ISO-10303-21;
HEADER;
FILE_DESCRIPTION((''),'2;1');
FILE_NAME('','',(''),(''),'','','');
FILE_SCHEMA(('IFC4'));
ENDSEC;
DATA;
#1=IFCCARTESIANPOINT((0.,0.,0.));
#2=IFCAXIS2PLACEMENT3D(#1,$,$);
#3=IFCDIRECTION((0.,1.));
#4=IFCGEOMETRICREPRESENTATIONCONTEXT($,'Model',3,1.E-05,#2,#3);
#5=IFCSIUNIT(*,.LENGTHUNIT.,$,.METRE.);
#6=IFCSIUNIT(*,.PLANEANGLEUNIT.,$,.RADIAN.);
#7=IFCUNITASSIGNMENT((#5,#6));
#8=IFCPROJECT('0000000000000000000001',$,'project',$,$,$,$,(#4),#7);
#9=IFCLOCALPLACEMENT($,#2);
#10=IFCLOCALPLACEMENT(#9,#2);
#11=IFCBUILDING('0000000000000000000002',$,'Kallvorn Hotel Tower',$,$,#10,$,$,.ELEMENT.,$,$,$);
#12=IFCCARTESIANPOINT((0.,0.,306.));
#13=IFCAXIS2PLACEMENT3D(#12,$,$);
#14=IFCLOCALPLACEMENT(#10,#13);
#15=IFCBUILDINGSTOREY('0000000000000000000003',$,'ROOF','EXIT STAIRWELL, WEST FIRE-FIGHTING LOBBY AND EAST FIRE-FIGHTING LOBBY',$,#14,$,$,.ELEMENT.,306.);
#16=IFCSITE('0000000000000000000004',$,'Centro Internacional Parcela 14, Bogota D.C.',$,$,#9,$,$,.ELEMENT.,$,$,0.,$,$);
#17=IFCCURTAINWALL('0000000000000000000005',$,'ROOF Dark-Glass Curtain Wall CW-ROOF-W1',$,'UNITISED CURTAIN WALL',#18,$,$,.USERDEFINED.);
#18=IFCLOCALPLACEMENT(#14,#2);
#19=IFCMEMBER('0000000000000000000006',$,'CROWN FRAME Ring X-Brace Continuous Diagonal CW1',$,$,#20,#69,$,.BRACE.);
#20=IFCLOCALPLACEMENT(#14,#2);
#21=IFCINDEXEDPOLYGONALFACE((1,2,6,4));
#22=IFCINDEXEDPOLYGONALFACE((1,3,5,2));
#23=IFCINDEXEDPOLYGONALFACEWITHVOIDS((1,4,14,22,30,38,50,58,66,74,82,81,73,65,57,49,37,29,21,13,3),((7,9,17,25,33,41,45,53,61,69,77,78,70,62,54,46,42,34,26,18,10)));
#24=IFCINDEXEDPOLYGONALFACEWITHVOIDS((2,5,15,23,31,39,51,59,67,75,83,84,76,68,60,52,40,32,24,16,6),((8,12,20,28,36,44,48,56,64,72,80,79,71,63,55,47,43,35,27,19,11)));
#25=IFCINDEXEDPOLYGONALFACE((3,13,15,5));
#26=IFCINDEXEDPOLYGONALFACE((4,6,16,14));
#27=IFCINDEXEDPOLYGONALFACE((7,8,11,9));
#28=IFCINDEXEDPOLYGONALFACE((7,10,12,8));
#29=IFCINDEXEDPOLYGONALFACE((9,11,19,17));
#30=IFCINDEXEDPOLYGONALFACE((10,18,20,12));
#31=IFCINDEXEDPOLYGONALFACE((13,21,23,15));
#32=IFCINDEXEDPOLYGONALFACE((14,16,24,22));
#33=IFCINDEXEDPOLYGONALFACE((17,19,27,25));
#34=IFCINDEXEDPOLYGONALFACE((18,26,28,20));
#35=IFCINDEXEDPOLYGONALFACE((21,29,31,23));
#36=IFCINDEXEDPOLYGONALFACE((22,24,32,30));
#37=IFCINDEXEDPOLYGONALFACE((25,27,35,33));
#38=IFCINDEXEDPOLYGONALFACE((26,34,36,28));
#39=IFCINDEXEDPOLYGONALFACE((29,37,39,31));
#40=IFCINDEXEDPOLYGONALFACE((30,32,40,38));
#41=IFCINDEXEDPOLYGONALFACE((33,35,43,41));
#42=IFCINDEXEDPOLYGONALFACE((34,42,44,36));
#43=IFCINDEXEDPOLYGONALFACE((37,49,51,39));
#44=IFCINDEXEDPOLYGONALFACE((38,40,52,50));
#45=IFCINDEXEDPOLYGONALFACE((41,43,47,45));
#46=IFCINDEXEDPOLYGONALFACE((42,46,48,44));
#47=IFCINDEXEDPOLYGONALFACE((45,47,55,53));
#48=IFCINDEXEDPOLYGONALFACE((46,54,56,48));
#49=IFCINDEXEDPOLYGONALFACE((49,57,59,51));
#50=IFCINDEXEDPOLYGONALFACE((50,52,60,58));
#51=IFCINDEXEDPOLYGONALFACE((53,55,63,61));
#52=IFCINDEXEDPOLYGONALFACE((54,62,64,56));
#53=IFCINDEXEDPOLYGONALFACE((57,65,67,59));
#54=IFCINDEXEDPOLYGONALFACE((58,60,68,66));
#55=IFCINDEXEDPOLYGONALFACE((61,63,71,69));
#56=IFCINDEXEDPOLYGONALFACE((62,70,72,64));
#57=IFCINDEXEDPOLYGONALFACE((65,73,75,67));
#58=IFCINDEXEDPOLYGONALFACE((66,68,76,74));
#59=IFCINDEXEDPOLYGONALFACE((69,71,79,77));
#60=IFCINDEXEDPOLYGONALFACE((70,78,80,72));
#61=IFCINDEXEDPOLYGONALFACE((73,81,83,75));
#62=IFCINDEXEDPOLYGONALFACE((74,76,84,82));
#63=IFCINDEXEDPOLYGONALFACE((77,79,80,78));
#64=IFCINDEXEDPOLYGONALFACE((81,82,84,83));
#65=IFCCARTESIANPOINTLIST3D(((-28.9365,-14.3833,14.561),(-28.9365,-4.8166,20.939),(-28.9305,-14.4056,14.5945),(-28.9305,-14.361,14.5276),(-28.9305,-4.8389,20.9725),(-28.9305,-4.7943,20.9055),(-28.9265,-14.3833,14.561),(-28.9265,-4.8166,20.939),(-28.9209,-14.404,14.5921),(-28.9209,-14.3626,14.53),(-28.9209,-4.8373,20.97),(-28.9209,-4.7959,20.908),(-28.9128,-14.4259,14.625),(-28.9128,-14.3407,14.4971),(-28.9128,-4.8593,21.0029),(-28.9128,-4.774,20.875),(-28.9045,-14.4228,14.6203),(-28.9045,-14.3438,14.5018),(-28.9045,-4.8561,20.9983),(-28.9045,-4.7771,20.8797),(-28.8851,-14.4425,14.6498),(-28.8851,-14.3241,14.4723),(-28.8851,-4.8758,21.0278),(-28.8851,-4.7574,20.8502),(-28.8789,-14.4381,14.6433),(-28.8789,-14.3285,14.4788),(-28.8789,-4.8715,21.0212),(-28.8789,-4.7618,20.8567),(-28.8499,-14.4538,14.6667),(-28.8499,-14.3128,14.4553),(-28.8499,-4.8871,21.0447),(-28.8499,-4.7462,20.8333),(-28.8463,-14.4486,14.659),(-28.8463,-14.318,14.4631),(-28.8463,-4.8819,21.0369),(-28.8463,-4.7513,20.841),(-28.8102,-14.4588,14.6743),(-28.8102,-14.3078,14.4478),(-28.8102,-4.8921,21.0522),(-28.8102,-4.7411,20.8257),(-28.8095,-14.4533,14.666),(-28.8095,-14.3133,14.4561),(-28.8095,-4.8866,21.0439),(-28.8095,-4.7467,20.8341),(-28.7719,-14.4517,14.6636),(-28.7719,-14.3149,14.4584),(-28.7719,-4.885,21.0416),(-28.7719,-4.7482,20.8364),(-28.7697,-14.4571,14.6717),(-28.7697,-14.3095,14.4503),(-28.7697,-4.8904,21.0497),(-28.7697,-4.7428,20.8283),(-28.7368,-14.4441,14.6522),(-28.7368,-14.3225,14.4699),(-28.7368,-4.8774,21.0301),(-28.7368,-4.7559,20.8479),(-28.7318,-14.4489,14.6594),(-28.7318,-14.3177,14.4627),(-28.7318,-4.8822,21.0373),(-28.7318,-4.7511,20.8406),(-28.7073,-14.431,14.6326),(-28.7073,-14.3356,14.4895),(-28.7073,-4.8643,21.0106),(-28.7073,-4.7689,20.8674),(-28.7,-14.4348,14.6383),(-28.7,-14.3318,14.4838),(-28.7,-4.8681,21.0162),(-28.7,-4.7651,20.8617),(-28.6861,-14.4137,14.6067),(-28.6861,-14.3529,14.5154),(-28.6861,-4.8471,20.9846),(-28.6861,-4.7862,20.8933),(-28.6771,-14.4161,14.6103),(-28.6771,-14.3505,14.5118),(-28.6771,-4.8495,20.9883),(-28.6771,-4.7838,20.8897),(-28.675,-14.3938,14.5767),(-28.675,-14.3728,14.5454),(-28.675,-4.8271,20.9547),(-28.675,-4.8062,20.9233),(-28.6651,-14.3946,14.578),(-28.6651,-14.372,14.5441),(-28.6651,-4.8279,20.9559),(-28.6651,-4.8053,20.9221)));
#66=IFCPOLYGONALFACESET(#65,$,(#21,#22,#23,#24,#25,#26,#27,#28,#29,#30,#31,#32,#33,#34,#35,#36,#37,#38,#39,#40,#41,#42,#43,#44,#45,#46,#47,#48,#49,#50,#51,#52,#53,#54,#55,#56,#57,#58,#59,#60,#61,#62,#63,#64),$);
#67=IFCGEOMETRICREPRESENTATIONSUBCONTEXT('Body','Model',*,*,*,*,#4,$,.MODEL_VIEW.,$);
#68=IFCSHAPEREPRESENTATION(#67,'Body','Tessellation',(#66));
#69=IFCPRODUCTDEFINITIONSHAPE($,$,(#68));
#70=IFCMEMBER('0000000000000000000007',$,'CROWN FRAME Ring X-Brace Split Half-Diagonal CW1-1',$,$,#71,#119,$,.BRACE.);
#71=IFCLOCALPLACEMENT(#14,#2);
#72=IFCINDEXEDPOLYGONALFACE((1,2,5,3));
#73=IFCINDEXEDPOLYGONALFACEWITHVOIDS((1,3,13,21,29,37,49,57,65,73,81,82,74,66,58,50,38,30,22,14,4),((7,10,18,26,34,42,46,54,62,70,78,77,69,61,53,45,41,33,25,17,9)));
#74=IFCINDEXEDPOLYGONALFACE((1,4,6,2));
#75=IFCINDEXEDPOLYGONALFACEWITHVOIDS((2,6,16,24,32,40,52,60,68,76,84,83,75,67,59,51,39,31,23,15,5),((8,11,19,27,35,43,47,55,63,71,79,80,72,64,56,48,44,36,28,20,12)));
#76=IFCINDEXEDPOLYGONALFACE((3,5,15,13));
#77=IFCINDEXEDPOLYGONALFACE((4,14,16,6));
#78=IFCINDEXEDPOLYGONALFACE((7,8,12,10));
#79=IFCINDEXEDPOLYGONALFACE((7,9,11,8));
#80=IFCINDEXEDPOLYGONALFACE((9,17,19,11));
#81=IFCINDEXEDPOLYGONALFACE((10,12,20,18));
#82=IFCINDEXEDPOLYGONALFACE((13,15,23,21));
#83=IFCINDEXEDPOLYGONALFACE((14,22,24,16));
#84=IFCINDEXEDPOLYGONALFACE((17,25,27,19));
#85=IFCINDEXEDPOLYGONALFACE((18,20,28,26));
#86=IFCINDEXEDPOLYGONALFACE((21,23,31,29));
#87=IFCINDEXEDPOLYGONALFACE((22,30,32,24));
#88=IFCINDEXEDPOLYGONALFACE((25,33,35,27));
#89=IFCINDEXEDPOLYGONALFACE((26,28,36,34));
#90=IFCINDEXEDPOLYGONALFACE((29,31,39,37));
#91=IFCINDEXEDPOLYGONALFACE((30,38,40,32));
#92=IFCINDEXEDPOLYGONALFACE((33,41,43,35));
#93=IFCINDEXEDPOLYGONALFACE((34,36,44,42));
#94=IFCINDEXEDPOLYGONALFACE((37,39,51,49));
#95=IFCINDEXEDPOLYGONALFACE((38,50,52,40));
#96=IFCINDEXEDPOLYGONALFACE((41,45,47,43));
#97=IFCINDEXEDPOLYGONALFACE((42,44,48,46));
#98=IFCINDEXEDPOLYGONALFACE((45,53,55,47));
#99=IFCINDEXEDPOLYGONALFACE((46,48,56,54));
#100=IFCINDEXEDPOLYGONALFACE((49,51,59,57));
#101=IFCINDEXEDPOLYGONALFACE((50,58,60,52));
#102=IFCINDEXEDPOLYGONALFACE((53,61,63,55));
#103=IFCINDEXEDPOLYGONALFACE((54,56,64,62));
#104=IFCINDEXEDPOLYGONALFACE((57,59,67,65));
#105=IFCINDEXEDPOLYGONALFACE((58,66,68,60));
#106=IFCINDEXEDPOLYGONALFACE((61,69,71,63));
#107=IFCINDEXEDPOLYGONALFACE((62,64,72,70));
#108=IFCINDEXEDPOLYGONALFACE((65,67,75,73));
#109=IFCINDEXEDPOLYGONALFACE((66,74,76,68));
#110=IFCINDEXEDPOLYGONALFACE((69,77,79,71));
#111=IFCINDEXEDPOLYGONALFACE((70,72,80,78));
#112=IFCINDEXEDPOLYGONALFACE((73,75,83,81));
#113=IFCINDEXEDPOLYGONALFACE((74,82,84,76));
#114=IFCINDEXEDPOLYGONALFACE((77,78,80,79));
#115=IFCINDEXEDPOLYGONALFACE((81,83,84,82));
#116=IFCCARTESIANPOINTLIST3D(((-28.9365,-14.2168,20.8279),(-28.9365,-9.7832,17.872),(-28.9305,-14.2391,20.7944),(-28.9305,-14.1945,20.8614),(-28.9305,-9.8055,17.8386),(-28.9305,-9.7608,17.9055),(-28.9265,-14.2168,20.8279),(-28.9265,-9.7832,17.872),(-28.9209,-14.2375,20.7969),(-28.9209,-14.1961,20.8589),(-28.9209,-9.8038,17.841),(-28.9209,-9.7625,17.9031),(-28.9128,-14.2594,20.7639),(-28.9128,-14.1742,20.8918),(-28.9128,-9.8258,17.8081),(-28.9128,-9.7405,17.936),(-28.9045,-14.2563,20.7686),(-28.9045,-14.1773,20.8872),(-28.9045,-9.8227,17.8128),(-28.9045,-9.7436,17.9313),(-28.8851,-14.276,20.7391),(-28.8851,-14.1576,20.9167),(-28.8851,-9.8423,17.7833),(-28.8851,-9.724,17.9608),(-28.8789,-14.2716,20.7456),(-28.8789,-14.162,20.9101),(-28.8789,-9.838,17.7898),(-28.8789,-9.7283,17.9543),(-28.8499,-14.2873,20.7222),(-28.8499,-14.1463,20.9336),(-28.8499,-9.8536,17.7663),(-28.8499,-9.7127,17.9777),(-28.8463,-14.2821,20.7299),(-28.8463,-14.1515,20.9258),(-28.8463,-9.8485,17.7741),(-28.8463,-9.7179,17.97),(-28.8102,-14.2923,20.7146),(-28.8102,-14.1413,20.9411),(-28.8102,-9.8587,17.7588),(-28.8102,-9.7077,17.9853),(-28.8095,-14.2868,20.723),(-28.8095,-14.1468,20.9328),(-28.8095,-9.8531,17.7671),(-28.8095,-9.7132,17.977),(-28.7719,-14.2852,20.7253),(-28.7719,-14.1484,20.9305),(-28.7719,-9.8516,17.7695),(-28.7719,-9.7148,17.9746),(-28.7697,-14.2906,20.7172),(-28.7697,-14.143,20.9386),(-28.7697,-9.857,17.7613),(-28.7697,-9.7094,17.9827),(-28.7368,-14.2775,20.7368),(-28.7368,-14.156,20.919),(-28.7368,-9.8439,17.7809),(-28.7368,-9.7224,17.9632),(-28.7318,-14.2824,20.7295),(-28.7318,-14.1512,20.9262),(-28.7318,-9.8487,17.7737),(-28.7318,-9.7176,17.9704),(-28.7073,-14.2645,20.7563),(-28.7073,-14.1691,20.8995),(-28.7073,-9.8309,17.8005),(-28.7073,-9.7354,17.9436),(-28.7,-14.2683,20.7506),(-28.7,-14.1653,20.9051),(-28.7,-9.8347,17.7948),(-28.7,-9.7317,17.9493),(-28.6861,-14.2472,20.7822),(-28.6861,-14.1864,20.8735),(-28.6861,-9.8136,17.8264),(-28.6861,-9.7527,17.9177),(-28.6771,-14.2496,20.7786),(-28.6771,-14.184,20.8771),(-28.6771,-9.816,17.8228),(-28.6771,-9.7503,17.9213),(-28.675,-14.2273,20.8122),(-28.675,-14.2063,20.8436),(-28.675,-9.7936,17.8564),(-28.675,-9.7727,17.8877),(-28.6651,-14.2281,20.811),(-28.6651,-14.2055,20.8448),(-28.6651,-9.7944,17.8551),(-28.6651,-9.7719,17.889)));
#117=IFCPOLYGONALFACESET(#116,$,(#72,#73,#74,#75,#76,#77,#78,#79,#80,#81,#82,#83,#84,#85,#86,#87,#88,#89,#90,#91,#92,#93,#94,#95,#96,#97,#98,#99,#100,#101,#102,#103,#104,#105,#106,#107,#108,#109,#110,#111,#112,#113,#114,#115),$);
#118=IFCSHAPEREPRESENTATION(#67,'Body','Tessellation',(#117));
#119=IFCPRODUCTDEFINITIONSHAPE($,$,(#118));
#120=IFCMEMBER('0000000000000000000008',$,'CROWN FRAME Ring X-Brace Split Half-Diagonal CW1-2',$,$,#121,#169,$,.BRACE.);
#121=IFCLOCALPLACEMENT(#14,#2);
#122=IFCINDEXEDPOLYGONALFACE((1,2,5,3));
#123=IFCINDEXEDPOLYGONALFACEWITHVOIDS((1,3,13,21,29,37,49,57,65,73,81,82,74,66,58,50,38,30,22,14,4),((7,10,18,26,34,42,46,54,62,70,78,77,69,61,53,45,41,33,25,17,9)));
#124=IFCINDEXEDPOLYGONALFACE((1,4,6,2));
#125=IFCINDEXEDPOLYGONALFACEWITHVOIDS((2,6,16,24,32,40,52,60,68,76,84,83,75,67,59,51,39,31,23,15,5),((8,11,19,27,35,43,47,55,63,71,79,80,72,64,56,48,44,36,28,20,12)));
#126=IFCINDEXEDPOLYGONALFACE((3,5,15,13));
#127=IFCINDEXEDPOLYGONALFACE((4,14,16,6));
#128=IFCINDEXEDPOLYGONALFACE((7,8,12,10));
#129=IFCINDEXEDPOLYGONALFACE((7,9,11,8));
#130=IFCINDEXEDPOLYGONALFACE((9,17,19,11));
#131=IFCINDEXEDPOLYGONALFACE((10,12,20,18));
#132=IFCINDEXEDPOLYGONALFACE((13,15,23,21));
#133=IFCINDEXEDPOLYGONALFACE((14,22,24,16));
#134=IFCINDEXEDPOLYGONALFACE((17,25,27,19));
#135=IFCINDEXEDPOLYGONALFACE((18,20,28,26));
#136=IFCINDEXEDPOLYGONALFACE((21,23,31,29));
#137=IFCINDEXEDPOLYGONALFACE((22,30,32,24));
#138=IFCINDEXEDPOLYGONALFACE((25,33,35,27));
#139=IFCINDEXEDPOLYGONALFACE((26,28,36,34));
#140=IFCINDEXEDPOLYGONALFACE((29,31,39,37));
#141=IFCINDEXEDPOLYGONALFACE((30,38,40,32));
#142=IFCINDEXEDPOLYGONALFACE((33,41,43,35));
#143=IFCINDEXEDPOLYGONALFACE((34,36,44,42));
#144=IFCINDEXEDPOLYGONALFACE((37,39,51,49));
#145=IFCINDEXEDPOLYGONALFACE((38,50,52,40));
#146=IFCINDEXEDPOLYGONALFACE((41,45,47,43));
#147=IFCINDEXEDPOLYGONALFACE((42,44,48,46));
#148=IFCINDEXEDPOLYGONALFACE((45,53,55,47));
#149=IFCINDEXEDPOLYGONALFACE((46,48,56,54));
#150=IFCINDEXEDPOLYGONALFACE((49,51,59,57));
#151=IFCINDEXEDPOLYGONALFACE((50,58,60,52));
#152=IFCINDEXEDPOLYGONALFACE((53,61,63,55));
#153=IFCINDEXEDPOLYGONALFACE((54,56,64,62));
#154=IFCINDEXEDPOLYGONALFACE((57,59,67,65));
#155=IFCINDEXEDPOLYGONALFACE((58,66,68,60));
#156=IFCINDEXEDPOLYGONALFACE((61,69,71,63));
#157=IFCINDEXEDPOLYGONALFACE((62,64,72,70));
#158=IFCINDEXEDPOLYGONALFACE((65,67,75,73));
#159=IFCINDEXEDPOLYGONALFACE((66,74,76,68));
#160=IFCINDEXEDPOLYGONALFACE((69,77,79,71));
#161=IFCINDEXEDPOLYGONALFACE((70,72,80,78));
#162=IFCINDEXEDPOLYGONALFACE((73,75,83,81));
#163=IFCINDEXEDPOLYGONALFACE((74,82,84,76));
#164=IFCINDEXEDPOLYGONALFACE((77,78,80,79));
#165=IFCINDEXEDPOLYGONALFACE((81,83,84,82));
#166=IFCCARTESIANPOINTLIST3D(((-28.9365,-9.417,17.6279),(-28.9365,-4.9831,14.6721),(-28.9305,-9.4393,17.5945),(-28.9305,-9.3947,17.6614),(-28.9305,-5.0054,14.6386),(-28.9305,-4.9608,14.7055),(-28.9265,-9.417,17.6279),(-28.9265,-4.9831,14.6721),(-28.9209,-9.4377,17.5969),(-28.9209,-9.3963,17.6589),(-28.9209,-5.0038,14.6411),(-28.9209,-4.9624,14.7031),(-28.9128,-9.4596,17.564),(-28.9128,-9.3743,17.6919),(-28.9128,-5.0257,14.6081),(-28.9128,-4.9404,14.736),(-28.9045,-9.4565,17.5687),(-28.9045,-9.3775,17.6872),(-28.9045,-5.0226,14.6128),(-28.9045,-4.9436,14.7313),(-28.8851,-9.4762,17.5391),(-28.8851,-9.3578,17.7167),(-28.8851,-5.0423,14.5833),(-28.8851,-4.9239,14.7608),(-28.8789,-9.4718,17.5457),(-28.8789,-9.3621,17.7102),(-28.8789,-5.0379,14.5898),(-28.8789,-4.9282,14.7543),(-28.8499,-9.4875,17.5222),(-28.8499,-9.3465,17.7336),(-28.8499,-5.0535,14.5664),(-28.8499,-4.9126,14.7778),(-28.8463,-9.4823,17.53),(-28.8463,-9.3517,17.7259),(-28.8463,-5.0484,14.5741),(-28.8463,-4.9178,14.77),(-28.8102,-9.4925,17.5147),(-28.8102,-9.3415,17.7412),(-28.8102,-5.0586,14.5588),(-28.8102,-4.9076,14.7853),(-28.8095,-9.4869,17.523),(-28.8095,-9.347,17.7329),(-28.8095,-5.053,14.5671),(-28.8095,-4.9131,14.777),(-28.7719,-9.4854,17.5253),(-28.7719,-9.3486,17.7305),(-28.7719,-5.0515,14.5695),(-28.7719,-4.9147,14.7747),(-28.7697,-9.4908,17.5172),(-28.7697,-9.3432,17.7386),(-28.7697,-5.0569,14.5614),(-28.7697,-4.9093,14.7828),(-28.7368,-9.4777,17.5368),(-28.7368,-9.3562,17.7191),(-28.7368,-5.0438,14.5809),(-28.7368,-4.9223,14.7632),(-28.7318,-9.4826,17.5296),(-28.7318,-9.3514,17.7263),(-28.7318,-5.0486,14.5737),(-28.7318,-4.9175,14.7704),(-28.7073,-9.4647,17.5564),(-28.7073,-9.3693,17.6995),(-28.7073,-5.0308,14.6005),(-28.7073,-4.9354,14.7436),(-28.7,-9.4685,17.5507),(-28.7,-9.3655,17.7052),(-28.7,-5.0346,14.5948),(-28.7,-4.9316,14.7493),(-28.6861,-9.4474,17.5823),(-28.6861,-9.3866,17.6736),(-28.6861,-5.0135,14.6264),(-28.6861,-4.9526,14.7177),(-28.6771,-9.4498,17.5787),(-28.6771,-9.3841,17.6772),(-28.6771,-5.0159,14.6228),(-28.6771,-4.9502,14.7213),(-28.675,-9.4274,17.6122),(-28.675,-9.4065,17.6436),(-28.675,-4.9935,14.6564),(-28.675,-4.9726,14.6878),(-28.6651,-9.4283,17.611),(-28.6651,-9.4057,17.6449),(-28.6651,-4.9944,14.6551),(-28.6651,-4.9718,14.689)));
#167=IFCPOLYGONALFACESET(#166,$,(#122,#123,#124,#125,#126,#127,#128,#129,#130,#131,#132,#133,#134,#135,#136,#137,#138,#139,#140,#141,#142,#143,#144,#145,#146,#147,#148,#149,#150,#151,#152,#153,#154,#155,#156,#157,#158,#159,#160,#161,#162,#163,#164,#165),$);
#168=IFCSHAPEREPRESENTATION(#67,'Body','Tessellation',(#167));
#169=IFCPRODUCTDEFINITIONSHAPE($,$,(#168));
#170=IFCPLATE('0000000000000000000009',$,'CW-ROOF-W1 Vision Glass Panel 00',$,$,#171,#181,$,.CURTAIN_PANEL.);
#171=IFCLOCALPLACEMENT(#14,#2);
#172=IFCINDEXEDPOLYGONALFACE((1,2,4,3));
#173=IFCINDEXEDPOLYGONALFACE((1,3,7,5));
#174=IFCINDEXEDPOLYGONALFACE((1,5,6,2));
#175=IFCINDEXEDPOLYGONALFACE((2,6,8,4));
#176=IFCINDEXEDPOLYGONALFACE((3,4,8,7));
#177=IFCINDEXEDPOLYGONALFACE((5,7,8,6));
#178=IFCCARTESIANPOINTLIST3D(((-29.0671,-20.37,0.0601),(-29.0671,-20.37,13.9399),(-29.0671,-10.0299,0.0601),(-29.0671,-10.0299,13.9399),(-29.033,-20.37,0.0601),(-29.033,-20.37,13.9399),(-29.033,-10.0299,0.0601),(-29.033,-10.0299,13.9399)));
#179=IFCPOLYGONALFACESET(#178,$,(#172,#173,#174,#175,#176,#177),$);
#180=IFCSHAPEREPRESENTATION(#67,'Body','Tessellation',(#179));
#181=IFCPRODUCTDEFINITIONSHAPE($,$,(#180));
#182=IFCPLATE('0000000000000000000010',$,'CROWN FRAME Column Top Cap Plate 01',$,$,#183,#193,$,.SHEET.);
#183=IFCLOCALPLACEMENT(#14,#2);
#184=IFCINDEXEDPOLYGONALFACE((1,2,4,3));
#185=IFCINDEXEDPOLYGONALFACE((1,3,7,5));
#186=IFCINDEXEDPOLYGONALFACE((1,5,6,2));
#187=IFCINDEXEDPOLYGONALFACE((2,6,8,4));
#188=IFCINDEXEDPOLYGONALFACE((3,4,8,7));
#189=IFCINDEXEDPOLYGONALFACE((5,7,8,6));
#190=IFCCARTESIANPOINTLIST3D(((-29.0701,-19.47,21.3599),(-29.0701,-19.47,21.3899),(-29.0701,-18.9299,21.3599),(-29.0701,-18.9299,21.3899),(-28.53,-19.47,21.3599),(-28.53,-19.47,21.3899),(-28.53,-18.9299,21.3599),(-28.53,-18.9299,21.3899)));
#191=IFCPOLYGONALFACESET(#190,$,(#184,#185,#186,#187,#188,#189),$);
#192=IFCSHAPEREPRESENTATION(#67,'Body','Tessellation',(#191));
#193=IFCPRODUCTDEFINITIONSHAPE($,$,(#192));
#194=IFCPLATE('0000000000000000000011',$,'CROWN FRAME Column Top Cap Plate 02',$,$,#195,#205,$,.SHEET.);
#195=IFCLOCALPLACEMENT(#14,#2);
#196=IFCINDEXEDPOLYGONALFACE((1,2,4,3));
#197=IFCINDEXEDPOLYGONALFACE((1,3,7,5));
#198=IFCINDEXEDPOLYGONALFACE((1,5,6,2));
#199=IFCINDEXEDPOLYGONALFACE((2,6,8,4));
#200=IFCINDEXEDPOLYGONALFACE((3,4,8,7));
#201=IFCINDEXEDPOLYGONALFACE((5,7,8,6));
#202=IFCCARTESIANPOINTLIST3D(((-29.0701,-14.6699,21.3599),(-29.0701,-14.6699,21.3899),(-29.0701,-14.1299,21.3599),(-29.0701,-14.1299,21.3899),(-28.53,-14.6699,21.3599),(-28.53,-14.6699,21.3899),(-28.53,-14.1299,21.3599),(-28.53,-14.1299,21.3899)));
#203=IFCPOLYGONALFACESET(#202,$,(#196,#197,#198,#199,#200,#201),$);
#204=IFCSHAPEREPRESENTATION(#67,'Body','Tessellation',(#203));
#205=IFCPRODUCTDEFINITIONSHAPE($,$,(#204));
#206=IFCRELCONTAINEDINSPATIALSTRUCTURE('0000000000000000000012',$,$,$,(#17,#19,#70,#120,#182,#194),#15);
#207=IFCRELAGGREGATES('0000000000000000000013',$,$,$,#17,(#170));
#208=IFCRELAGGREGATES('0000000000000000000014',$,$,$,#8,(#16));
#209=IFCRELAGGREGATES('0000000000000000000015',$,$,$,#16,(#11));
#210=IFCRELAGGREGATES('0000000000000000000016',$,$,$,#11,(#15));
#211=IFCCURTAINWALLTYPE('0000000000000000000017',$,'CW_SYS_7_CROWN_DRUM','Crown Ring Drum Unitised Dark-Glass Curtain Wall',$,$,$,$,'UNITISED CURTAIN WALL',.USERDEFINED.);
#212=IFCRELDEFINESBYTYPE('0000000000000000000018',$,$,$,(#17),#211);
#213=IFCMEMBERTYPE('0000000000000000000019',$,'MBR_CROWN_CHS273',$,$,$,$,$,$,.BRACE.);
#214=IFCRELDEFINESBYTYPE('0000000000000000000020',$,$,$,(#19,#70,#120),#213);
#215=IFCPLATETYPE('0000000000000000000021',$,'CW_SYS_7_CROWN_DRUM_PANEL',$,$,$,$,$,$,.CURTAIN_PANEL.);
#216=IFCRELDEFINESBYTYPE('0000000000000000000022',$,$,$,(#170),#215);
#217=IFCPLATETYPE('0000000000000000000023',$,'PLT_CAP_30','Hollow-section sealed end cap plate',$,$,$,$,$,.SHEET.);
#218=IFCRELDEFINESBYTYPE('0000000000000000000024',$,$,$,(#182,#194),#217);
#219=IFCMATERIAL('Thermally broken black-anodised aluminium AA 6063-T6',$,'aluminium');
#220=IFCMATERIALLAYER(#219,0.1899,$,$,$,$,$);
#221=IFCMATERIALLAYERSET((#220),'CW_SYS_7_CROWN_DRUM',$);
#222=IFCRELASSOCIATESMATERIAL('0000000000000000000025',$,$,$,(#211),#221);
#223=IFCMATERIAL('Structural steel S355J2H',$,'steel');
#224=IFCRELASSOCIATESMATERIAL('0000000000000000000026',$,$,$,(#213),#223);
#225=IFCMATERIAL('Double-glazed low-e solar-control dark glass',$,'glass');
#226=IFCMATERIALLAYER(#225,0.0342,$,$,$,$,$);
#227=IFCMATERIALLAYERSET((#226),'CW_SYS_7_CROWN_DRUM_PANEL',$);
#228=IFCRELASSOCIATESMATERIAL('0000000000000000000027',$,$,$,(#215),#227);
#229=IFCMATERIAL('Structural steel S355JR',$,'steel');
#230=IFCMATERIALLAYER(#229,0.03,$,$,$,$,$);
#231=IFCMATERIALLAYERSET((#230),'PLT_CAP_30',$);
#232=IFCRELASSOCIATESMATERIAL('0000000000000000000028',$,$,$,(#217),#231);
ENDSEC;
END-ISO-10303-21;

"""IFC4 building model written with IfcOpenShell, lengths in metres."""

from ifc_helpers import new_model, si_unit, direction, frame, origin, origin_2d, place, context, subcontext, project, spatial, rectangle, hollow_circle, extrude, material, layer, layer_set, material_profile, profile_set, type_object, element, aggregate, save


model = new_model("IFC4")

# Units and contexts
model_context = context("Model", 3, precision=1e-05, world=origin(), true_north=direction((0.0, 1.0)))
body_context = subcontext(model_context, "Body", "Model", "MODEL_VIEW")
ifc_project = project(units=[si_unit("LENGTHUNIT", "METRE"), si_unit("PLANEANGLEUNIT", "RADIAN")], contexts=[model_context])

# Site, building, storey
site_placement = place(None, origin())
site = spatial("IfcSite", under=ifc_project, at=site_placement, Name="Centro Internacional Parcela 14, Bogota D.C.", CompositionType="ELEMENT", RefElevation=0.0)
building_placement = place(site_placement, origin())
building = spatial("IfcBuilding", under=site, at=building_placement, Name="Kallvorn Hotel Tower", CompositionType="ELEMENT")
storey_placement = place(building_placement, frame((0.0, 0.0, 306.0)))
storey = spatial("IfcBuildingStorey", under=building, at=storey_placement, Name="ROOF", Description="EXIT STAIRWELL, WEST FIRE-FIGHTING LOBBY AND EAST FIRE-FIGHTING LOBBY", CompositionType="ELEMENT", Elevation=306.0)

# Shared definitions
ifc_material_1 = material(Name="Thermally broken black-anodised aluminium AA 6063-T6", Category="aluminium")
ifc_layer_1 = layer(ifc_material_1, 0.1899)
ifc_layer_set_1 = layer_set([ifc_layer_1], Name="CW_SYS_7_CROWN_DRUM")
curtain_wall_type = type_object("IfcCurtainWallType", Name="CW_SYS_7_CROWN_DRUM", Description="Crown Ring Drum Unitised Dark-Glass Curtain Wall", ElementType="UNITISED CURTAIN WALL", PredefinedType="USERDEFINED", material=ifc_layer_set_1)

# Curtain wall
curtain_wall_1_placement = place(storey_placement, origin())
curtain_wall_1 = element("IfcCurtainWall", 1, at=curtain_wall_1_placement, inside=storey, type_object=curtain_wall_type, Name="ROOF Dark-Glass Curtain Wall CW-ROOF-W1", ObjectType="UNITISED CURTAIN WALL", PredefinedType="USERDEFINED")

# Members
ifc_material_2 = material(Name="Structural steel S355J2H", Category="steel")
ifc_material_profile_1 = material_profile(ifc_material_2, hollow_circle(Radius=0.1365, WallThickness=0.01, at=origin_2d()), Name="CHS 273x10")
ifc_profile_set_1 = profile_set([ifc_material_profile_1], Name="Structural steel S355J2H")
member_type_1 = type_object("IfcMemberType", Name="MBR_CROWN_CHS273", PredefinedType="BRACE", material=ifc_profile_set_1)
member_1_placement = place(storey_placement, frame((-28.8, -14.3833, 14.561), z_axis=(0.0, 0.832044, 0.55471), x_axis=(-1.0, 0.0, 0.0)))
element("IfcMember", 2, at=member_1_placement, inside=storey, type_object=member_type_1, Name="CROWN FRAME Ring X-Brace Continuous Diagonal CW1", PredefinedType="BRACE", context=body_context, shape_type="SweptSolid", body=[
    extrude(hollow_circle(Radius=0.1365, WallThickness=0.01, at=origin_2d()), origin(), (0.0, 0.0, 1.0), 11.4978),
])
member_2_placement = place(storey_placement, frame((-28.8, -14.2168, 20.8279), z_axis=(0.0, 0.832043, -0.554711), x_axis=(-1.0, 0.0, 0.0)))
element("IfcMember", 3, at=member_2_placement, inside=storey, type_object=member_type_1, Name="CROWN FRAME Ring X-Brace Split Half-Diagonal CW1-1", PredefinedType="BRACE", context=body_context, shape_type="SweptSolid", body=[
    extrude(hollow_circle(Radius=0.1365, WallThickness=0.01, at=origin_2d()), origin(), (0.0, 0.0, 1.0), 5.3286),
])
member_3_placement = place(storey_placement, frame((-28.8, -9.417, 17.6279), z_axis=(0.0, 0.832057, -0.55469), x_axis=(-1.0, 0.0, 0.0)))
element("IfcMember", 4, at=member_3_placement, inside=storey, type_object=member_type_1, Name="CROWN FRAME Ring X-Brace Split Half-Diagonal CW1-2", PredefinedType="BRACE", context=body_context, shape_type="SweptSolid", body=[
    extrude(hollow_circle(Radius=0.1365, WallThickness=0.01, at=origin_2d()), origin(), (0.0, 0.0, 1.0), 5.3289),
])

# Plate
ifc_material_3 = material(Name="Double-glazed low-e solar-control dark glass", Category="glass")
ifc_layer_2 = layer(ifc_material_3, 0.0342)
ifc_layer_set_2 = layer_set([ifc_layer_2], Name="CW_SYS_7_CROWN_DRUM_PANEL")
plate_type_1 = type_object("IfcPlateType", Name="CW_SYS_7_CROWN_DRUM_PANEL", PredefinedType="CURTAIN_PANEL", material=ifc_layer_set_2)
plate_1_placement = place(storey_placement, frame((-29.05, -15.2, 0.0601), z_axis=(0.0, 0.0, 1.0), x_axis=(0.0, 1.0, 0.0)))
plate_1 = element("IfcPlate", 5, at=plate_1_placement, type_object=plate_type_1, Name="CW-ROOF-W1 Vision Glass Panel 00", PredefinedType="CURTAIN_PANEL", context=body_context, shape_type="SweptSolid", body=[
    extrude(rectangle(XDim=10.3401, YDim=0.0342, at=origin_2d()), origin(), (0.0, 0.0, 1.0), 13.8799),
])
aggregate(curtain_wall_1, [plate_1])

# Plates
ifc_material_4 = material(Name="Structural steel S355JR", Category="steel")
ifc_layer_3 = layer(ifc_material_4, 0.03)
ifc_layer_set_3 = layer_set([ifc_layer_3], Name="PLT_CAP_30")
plate_type_2 = type_object("IfcPlateType", Name="PLT_CAP_30", Description="Hollow-section sealed end cap plate", PredefinedType="SHEET", material=ifc_layer_set_3)
for number, where, z_axis, x_axis, name in (
    (6, (-28.8, -19.2, 21.3599), (0.0, 0.0, 1.0), (1.0, 0.0, 0.0), "CROWN FRAME Column Top Cap Plate 01"),
    (7, (-28.8, -14.3999, 21.3599), (0.0, 0.0, 1.0), (1.0, 0.0, 0.0), "CROWN FRAME Column Top Cap Plate 02"),
):
    element("IfcPlate", number, at=place(storey_placement, frame(where, z_axis=z_axis, x_axis=x_axis)), inside=storey, type_object=plate_type_2, Name=name, PredefinedType="SHEET", context=body_context, shape_type="SweptSolid", body=[
        extrude(rectangle(XDim=0.54, YDim=0.54, at=origin_2d()), origin(), (0.0, 0.0, 1.0), 0.03),
    ])

save(model, "model.ifc")
